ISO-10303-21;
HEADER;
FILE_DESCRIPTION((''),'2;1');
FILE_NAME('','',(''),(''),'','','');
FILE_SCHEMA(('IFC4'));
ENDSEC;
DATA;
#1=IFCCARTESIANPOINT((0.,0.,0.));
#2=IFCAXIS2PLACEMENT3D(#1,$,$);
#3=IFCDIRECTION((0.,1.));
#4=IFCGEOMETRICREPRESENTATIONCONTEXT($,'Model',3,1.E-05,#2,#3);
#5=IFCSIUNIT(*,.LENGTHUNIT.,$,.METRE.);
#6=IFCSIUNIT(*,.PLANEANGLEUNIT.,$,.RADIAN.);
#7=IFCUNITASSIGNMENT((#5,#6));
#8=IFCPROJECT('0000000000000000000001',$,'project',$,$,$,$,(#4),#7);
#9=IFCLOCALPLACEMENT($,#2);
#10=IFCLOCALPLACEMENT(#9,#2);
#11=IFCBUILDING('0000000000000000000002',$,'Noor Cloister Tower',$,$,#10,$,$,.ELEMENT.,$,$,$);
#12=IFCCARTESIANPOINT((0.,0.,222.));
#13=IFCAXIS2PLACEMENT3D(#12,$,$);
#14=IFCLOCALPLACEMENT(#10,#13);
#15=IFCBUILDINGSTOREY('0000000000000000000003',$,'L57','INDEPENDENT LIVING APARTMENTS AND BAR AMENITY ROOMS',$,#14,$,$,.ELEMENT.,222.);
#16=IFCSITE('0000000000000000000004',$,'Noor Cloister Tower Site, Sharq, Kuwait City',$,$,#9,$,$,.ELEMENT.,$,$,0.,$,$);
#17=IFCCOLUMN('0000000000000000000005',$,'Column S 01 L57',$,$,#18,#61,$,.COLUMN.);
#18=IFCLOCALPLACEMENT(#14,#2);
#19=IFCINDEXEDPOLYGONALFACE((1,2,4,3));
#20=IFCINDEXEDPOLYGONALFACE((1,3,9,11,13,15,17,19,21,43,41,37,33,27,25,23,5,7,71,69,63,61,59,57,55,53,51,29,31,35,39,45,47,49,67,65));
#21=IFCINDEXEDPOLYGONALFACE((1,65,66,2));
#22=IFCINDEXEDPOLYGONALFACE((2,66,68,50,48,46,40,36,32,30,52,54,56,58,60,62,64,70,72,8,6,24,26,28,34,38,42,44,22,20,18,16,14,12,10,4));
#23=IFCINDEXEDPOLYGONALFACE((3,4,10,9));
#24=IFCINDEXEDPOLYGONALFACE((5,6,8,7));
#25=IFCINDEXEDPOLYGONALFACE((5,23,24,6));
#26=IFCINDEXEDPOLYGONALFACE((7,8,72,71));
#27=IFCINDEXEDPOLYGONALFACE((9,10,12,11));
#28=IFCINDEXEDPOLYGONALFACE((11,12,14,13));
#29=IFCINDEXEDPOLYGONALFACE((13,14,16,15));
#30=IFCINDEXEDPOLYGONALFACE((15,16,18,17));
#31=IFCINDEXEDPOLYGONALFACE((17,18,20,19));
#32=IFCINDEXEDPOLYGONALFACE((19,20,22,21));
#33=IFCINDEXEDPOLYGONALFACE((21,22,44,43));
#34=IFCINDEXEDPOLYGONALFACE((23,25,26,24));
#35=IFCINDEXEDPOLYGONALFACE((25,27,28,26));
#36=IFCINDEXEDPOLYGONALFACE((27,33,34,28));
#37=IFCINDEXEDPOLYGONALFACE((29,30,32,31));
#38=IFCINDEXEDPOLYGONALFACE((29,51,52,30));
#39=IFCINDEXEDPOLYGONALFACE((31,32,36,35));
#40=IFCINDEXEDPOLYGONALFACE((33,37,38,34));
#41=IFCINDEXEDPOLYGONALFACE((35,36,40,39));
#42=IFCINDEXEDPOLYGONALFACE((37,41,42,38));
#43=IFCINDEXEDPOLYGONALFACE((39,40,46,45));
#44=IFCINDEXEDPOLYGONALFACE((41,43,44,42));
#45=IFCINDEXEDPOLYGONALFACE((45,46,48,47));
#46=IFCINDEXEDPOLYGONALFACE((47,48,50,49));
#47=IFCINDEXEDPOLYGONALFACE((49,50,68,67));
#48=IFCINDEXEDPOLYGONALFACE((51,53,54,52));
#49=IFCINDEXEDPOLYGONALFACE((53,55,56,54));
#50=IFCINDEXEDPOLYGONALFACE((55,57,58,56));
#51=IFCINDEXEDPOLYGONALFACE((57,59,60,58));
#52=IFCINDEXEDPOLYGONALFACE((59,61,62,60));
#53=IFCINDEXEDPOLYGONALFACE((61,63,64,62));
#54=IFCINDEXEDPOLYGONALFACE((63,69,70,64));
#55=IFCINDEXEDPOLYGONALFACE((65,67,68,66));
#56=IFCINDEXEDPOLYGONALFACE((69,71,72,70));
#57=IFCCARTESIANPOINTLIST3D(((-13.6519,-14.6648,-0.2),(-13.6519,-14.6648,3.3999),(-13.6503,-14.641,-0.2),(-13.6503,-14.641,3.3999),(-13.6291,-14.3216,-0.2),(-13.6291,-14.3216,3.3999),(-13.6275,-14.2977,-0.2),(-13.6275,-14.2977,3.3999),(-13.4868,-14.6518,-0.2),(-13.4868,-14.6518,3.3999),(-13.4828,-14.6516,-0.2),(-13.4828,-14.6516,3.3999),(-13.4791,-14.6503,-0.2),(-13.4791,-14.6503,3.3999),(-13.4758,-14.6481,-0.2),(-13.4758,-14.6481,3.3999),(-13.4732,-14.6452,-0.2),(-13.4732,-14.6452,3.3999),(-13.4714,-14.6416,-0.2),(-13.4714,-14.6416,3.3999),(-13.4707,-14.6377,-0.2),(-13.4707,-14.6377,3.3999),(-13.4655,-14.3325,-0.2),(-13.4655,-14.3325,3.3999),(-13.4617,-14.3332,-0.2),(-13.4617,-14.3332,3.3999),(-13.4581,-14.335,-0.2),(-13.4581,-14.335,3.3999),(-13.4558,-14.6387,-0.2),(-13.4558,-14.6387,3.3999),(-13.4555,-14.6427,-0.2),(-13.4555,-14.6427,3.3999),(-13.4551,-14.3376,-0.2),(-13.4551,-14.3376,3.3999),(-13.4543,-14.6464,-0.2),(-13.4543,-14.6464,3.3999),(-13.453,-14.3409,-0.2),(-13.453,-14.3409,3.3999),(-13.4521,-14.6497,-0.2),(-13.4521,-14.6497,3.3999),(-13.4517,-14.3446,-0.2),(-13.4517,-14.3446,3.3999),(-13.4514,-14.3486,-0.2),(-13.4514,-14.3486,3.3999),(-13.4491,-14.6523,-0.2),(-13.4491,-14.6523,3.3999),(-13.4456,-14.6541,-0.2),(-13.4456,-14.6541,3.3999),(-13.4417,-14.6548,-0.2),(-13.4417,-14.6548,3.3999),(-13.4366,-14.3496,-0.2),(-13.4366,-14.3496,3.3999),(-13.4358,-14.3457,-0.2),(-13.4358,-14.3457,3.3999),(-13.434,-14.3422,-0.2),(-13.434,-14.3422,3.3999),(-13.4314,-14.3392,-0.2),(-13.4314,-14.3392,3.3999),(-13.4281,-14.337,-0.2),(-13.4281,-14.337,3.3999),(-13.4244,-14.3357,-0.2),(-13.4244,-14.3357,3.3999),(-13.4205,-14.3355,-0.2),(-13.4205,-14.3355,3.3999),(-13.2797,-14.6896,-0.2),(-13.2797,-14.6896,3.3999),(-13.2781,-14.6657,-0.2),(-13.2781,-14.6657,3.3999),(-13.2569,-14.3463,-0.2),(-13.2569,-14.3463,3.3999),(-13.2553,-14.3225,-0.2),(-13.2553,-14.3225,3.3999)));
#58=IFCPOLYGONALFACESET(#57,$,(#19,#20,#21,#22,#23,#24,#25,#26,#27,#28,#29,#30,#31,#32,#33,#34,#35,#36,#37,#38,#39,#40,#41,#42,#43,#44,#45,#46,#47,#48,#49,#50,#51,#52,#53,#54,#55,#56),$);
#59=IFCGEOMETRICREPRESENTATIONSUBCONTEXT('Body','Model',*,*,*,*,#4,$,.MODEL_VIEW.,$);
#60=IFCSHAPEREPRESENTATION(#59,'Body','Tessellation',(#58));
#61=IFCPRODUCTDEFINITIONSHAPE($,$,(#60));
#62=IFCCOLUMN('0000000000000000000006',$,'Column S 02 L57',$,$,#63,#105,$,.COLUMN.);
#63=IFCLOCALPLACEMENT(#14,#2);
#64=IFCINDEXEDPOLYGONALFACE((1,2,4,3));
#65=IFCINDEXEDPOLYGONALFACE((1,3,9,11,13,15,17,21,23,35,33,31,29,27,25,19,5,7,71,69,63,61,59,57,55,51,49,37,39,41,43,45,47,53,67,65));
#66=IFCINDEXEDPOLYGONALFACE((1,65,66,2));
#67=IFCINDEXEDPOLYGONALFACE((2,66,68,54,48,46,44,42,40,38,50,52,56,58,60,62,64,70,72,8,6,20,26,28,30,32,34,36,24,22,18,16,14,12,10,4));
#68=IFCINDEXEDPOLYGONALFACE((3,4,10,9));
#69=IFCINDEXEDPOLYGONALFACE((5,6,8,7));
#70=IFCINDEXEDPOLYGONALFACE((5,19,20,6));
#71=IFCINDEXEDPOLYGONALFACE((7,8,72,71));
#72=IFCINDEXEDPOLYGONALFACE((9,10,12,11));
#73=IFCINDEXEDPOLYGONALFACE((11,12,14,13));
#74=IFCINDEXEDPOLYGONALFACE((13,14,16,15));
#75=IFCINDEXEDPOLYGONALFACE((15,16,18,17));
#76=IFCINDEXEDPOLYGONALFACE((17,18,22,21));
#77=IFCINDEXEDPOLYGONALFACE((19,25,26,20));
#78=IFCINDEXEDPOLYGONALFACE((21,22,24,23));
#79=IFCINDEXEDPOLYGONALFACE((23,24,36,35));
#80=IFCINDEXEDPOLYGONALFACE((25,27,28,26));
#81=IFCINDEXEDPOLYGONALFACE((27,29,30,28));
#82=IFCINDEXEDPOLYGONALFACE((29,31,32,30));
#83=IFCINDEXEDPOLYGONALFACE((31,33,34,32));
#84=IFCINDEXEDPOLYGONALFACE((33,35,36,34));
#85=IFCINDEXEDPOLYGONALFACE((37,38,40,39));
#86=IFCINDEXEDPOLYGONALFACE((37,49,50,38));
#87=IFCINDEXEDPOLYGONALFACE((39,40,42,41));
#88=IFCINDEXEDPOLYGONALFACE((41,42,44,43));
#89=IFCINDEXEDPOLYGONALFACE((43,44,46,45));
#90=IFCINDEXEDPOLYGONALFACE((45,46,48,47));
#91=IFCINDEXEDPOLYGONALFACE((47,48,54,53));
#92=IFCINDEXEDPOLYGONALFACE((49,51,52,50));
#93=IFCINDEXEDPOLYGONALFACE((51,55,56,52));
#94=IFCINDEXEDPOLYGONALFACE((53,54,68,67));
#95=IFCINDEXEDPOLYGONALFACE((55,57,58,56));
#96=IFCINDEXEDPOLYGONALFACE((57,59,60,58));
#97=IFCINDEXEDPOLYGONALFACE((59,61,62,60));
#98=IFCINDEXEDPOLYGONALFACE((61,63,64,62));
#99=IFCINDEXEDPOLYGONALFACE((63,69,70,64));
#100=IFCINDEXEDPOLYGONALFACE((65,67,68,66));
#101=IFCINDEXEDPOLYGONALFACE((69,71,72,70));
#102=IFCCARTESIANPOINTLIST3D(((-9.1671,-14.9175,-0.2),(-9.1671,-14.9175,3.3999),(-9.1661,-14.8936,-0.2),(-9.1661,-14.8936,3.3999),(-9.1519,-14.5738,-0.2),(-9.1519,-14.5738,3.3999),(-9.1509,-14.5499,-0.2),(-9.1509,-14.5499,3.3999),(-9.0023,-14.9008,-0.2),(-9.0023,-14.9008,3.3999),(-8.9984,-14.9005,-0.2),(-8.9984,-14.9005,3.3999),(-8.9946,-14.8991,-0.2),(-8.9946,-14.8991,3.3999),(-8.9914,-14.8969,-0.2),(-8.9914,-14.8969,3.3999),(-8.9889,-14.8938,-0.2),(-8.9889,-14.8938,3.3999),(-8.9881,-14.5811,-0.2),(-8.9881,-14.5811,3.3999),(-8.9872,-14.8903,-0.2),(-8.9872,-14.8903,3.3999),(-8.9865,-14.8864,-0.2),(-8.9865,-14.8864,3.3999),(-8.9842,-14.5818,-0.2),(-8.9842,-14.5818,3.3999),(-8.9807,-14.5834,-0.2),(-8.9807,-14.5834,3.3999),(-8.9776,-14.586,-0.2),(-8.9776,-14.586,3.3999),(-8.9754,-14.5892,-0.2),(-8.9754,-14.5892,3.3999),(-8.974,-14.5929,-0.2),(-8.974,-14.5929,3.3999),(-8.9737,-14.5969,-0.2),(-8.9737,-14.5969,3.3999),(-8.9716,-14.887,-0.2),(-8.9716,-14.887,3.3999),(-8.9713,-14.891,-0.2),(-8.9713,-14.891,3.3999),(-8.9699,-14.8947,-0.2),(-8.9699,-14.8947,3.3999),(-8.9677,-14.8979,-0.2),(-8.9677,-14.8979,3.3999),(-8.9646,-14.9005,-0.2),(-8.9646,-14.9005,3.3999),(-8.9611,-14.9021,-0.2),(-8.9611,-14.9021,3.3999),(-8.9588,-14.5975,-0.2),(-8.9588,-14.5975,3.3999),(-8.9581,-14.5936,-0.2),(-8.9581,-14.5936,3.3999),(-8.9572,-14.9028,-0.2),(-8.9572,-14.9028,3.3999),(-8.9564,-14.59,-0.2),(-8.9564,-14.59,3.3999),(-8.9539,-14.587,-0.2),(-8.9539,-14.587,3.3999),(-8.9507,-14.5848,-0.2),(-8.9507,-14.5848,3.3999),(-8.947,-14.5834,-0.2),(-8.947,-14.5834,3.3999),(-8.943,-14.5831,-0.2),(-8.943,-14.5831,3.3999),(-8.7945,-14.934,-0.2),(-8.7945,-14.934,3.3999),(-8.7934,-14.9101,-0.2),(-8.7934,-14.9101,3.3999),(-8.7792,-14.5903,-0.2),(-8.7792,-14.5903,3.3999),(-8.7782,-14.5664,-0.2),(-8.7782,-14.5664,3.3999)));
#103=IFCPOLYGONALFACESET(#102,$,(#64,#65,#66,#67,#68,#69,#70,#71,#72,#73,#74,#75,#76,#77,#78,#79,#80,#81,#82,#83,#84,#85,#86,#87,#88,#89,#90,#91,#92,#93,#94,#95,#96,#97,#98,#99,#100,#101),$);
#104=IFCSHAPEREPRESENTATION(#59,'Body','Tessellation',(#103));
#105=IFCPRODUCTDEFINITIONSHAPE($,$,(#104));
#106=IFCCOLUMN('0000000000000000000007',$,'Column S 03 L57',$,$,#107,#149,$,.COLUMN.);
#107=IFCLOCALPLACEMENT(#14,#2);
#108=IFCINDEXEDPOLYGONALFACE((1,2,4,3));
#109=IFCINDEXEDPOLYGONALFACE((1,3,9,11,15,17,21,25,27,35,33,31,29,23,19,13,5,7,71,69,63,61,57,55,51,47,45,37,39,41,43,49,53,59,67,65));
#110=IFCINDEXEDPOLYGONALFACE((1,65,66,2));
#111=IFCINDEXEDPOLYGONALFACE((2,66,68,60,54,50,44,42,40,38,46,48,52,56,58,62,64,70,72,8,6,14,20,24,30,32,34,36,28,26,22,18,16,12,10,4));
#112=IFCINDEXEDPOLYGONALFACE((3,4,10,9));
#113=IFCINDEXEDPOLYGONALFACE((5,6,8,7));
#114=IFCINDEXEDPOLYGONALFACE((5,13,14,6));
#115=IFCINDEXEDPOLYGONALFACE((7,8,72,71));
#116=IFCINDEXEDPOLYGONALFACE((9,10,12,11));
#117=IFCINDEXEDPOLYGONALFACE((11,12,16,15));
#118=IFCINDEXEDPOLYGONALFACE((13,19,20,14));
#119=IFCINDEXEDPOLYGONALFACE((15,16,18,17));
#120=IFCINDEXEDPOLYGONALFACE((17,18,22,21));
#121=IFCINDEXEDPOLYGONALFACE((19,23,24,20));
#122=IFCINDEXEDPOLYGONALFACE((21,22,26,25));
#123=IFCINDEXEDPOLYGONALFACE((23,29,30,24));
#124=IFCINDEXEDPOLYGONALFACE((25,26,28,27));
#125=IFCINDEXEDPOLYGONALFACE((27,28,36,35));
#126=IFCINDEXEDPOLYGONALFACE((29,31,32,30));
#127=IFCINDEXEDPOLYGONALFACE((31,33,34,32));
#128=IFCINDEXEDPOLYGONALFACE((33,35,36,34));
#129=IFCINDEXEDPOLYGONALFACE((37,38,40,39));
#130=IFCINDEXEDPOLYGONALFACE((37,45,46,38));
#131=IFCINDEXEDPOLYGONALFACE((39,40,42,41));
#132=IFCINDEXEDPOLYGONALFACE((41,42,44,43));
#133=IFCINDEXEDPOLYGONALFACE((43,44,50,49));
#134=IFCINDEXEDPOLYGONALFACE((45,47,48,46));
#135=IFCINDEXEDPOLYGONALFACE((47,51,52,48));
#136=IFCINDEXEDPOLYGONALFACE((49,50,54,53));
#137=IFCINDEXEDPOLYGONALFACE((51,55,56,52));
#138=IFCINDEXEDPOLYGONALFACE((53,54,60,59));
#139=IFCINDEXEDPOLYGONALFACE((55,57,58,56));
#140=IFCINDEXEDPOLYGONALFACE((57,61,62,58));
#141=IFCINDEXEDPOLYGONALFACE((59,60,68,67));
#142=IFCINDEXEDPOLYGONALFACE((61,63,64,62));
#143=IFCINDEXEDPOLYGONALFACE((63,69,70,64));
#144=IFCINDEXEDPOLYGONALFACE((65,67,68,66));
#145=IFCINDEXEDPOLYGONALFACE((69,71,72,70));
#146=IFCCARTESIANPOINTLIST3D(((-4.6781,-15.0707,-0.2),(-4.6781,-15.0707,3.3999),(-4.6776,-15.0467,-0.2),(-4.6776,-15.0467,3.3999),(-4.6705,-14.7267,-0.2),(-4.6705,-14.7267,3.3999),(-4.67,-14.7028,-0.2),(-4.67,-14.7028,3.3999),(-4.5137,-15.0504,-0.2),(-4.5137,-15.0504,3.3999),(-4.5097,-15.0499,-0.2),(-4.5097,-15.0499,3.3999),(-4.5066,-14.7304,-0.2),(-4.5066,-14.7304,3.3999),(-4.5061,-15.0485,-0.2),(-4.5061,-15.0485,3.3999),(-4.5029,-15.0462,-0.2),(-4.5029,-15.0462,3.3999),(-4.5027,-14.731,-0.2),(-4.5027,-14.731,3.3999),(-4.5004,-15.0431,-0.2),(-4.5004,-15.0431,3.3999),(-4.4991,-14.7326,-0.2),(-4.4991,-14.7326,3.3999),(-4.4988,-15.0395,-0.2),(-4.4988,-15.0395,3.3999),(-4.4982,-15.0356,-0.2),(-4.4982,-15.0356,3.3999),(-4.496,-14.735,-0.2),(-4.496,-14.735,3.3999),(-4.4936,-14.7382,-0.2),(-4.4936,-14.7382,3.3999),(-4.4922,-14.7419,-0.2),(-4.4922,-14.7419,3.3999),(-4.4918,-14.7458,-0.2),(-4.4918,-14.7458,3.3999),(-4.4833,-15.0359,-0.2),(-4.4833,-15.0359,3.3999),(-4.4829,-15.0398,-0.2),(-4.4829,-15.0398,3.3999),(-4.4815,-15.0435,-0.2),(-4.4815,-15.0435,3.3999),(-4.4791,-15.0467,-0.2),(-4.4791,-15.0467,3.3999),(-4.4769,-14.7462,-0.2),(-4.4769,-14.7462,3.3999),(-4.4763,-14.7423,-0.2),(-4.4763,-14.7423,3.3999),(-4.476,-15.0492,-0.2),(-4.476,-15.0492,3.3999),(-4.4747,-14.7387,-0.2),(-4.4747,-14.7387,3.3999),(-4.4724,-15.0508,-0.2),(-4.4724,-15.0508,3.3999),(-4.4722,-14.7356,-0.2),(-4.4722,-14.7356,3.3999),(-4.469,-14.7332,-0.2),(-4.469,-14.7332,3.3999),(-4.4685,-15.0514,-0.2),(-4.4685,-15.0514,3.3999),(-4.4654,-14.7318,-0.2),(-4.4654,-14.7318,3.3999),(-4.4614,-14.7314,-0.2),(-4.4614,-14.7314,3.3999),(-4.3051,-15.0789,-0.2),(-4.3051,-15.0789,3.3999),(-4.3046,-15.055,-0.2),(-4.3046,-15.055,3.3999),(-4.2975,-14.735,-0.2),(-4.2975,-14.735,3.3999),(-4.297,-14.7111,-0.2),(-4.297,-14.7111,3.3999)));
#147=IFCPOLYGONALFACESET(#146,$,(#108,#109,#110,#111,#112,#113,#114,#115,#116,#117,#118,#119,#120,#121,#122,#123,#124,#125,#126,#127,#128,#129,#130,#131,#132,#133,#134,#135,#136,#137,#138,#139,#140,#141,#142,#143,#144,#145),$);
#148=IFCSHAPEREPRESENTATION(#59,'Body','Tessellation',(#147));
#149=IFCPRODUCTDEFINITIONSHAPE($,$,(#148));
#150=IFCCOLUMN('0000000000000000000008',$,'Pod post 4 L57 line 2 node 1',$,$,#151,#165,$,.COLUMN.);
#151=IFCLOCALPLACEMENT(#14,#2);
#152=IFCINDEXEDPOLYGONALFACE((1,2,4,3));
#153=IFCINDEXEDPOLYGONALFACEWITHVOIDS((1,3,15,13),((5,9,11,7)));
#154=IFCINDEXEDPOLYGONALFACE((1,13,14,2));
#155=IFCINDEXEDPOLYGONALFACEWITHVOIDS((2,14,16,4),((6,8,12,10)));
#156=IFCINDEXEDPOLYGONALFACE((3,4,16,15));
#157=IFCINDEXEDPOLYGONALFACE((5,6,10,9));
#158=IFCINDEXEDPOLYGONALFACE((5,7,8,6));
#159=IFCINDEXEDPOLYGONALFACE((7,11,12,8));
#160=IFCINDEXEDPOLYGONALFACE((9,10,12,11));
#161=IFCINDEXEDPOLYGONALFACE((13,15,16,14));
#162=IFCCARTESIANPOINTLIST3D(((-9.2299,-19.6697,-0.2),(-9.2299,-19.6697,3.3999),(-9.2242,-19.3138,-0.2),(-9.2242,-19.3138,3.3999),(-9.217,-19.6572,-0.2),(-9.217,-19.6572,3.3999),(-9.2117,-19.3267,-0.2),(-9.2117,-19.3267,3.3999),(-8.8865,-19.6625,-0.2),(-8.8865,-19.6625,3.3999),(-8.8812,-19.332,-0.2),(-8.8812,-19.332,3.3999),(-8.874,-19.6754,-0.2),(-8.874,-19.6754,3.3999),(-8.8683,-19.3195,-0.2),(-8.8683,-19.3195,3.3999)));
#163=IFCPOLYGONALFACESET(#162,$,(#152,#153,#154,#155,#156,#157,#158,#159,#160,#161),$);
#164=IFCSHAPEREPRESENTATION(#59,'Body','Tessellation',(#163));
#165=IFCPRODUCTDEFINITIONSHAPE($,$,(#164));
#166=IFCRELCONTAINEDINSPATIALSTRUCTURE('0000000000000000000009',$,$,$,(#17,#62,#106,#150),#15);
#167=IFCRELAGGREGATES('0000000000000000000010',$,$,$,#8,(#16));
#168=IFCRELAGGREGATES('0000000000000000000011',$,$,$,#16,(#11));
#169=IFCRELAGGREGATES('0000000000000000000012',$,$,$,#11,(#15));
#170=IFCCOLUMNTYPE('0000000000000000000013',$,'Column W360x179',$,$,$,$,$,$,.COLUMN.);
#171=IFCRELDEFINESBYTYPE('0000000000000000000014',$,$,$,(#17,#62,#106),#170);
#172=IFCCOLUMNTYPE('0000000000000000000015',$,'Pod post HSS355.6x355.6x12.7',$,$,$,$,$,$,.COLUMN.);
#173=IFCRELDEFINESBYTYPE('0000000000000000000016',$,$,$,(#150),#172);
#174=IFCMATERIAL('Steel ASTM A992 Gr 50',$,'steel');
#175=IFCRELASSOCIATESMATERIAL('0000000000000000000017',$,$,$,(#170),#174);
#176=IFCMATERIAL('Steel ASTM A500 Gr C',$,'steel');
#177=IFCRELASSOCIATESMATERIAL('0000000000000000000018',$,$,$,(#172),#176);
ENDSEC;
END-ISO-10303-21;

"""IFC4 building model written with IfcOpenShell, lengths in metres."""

from ifc_helpers import new_model, si_unit, direction, frame, origin, origin_2d, place, context, subcontext, project, spatial, hollow_rectangle, i_section, extrude, material, material_profile, profile_set, type_object, element, save


model = new_model("IFC4")

# Units and contexts
model_context = context("Model", 3, precision=1e-05, world=origin(), true_north=direction((0.0, 1.0)))
body_context = subcontext(model_context, "Body", "Model", "MODEL_VIEW")
ifc_project = project(units=[si_unit("LENGTHUNIT", "METRE"), si_unit("PLANEANGLEUNIT", "RADIAN")], contexts=[model_context])

# Site, building, storey
site_placement = place(None, origin())
site = spatial("IfcSite", under=ifc_project, at=site_placement, Name="Noor Cloister Tower Site, Sharq, Kuwait City", CompositionType="ELEMENT", RefElevation=0.0)
building_placement = place(site_placement, origin())
building = spatial("IfcBuilding", under=site, at=building_placement, Name="Noor Cloister Tower", CompositionType="ELEMENT")
storey_placement = place(building_placement, frame((0.0, 0.0, 222.0)))
storey = spatial("IfcBuildingStorey", under=building, at=storey_placement, Name="L57", Description="INDEPENDENT LIVING APARTMENTS AND BAR AMENITY ROOMS", CompositionType="ELEMENT", Elevation=222.0)

# Columns
ifc_material_1 = material(Name="Steel ASTM A992 Gr 50", Category="steel")
ifc_material_profile_1 = material_profile(ifc_material_1, i_section(OverallWidth=0.373, OverallDepth=0.3679, WebThickness=0.0149, FlangeThickness=0.0239, FilletRadius=0.0151, at=origin_2d()), Name="W360x179")
ifc_profile_set_1 = profile_set([ifc_material_profile_1], Name="Steel ASTM A992 Gr 50")
column_type_1 = type_object("IfcColumnType", Name="Column W360x179", PredefinedType="COLUMN", material=ifc_profile_set_1)
for number, where, z_axis, x_axis, name in (
    (1, (-13.4536, -14.4937, -0.2), (0.0, 0.0, 1.0), (0.997796, -0.066352, 0.0), "Column S 01 L57"),
    (2, (-8.9727, -14.7419, -0.2), (0.0, 0.0, 1.0), (0.99902, -0.044252, 0.0), "Column S 02 L57"),
    (3, (-4.4875, -14.8909, -0.2), (0.0, 0.0, 1.0), (0.999755, -0.022132, 0.0), "Column S 03 L57"),
):
    element("IfcColumn", number, at=place(storey_placement, frame(where, z_axis=z_axis, x_axis=x_axis)), inside=storey, type_object=column_type_1, Name=name, PredefinedType="COLUMN", context=body_context, shape_type="SweptSolid", body=[
        extrude(i_section(OverallWidth=0.373, OverallDepth=0.3679, WebThickness=0.0149, FlangeThickness=0.0239, FilletRadius=0.0151, at=origin_2d()), origin(), (0.0, 0.0, 1.0), 3.5999),
    ])
ifc_material_2 = material(Name="Steel ASTM A500 Gr C", Category="steel")
ifc_material_profile_2 = material_profile(ifc_material_2, hollow_rectangle(XDim=0.356, YDim=0.356, WallThickness=0.0127, at=origin_2d()), Name="HSS355.6x355.6x12.7")
ifc_profile_set_2 = profile_set([ifc_material_profile_2], Name="Steel ASTM A500 Gr C")
column_type_2 = type_object("IfcColumnType", Name="Pod post HSS355.6x355.6x12.7", PredefinedType="COLUMN", material=ifc_profile_set_2)
column_placement = place(storey_placement, frame((-9.0491, -19.4946, -0.2), z_axis=(0.0, 0.0, 1.0), x_axis=(-0.016039, -0.999871, 0.0)))
element("IfcColumn", 4, at=column_placement, inside=storey, type_object=column_type_2, Name="Pod post 4 L57 line 2 node 1", PredefinedType="COLUMN", context=body_context, shape_type="SweptSolid", body=[
    extrude(hollow_rectangle(XDim=0.356, YDim=0.356, WallThickness=0.0127, at=origin_2d()), origin(), (0.0, 0.0, 1.0), 3.5999),
])

save(model, "model.ifc")
